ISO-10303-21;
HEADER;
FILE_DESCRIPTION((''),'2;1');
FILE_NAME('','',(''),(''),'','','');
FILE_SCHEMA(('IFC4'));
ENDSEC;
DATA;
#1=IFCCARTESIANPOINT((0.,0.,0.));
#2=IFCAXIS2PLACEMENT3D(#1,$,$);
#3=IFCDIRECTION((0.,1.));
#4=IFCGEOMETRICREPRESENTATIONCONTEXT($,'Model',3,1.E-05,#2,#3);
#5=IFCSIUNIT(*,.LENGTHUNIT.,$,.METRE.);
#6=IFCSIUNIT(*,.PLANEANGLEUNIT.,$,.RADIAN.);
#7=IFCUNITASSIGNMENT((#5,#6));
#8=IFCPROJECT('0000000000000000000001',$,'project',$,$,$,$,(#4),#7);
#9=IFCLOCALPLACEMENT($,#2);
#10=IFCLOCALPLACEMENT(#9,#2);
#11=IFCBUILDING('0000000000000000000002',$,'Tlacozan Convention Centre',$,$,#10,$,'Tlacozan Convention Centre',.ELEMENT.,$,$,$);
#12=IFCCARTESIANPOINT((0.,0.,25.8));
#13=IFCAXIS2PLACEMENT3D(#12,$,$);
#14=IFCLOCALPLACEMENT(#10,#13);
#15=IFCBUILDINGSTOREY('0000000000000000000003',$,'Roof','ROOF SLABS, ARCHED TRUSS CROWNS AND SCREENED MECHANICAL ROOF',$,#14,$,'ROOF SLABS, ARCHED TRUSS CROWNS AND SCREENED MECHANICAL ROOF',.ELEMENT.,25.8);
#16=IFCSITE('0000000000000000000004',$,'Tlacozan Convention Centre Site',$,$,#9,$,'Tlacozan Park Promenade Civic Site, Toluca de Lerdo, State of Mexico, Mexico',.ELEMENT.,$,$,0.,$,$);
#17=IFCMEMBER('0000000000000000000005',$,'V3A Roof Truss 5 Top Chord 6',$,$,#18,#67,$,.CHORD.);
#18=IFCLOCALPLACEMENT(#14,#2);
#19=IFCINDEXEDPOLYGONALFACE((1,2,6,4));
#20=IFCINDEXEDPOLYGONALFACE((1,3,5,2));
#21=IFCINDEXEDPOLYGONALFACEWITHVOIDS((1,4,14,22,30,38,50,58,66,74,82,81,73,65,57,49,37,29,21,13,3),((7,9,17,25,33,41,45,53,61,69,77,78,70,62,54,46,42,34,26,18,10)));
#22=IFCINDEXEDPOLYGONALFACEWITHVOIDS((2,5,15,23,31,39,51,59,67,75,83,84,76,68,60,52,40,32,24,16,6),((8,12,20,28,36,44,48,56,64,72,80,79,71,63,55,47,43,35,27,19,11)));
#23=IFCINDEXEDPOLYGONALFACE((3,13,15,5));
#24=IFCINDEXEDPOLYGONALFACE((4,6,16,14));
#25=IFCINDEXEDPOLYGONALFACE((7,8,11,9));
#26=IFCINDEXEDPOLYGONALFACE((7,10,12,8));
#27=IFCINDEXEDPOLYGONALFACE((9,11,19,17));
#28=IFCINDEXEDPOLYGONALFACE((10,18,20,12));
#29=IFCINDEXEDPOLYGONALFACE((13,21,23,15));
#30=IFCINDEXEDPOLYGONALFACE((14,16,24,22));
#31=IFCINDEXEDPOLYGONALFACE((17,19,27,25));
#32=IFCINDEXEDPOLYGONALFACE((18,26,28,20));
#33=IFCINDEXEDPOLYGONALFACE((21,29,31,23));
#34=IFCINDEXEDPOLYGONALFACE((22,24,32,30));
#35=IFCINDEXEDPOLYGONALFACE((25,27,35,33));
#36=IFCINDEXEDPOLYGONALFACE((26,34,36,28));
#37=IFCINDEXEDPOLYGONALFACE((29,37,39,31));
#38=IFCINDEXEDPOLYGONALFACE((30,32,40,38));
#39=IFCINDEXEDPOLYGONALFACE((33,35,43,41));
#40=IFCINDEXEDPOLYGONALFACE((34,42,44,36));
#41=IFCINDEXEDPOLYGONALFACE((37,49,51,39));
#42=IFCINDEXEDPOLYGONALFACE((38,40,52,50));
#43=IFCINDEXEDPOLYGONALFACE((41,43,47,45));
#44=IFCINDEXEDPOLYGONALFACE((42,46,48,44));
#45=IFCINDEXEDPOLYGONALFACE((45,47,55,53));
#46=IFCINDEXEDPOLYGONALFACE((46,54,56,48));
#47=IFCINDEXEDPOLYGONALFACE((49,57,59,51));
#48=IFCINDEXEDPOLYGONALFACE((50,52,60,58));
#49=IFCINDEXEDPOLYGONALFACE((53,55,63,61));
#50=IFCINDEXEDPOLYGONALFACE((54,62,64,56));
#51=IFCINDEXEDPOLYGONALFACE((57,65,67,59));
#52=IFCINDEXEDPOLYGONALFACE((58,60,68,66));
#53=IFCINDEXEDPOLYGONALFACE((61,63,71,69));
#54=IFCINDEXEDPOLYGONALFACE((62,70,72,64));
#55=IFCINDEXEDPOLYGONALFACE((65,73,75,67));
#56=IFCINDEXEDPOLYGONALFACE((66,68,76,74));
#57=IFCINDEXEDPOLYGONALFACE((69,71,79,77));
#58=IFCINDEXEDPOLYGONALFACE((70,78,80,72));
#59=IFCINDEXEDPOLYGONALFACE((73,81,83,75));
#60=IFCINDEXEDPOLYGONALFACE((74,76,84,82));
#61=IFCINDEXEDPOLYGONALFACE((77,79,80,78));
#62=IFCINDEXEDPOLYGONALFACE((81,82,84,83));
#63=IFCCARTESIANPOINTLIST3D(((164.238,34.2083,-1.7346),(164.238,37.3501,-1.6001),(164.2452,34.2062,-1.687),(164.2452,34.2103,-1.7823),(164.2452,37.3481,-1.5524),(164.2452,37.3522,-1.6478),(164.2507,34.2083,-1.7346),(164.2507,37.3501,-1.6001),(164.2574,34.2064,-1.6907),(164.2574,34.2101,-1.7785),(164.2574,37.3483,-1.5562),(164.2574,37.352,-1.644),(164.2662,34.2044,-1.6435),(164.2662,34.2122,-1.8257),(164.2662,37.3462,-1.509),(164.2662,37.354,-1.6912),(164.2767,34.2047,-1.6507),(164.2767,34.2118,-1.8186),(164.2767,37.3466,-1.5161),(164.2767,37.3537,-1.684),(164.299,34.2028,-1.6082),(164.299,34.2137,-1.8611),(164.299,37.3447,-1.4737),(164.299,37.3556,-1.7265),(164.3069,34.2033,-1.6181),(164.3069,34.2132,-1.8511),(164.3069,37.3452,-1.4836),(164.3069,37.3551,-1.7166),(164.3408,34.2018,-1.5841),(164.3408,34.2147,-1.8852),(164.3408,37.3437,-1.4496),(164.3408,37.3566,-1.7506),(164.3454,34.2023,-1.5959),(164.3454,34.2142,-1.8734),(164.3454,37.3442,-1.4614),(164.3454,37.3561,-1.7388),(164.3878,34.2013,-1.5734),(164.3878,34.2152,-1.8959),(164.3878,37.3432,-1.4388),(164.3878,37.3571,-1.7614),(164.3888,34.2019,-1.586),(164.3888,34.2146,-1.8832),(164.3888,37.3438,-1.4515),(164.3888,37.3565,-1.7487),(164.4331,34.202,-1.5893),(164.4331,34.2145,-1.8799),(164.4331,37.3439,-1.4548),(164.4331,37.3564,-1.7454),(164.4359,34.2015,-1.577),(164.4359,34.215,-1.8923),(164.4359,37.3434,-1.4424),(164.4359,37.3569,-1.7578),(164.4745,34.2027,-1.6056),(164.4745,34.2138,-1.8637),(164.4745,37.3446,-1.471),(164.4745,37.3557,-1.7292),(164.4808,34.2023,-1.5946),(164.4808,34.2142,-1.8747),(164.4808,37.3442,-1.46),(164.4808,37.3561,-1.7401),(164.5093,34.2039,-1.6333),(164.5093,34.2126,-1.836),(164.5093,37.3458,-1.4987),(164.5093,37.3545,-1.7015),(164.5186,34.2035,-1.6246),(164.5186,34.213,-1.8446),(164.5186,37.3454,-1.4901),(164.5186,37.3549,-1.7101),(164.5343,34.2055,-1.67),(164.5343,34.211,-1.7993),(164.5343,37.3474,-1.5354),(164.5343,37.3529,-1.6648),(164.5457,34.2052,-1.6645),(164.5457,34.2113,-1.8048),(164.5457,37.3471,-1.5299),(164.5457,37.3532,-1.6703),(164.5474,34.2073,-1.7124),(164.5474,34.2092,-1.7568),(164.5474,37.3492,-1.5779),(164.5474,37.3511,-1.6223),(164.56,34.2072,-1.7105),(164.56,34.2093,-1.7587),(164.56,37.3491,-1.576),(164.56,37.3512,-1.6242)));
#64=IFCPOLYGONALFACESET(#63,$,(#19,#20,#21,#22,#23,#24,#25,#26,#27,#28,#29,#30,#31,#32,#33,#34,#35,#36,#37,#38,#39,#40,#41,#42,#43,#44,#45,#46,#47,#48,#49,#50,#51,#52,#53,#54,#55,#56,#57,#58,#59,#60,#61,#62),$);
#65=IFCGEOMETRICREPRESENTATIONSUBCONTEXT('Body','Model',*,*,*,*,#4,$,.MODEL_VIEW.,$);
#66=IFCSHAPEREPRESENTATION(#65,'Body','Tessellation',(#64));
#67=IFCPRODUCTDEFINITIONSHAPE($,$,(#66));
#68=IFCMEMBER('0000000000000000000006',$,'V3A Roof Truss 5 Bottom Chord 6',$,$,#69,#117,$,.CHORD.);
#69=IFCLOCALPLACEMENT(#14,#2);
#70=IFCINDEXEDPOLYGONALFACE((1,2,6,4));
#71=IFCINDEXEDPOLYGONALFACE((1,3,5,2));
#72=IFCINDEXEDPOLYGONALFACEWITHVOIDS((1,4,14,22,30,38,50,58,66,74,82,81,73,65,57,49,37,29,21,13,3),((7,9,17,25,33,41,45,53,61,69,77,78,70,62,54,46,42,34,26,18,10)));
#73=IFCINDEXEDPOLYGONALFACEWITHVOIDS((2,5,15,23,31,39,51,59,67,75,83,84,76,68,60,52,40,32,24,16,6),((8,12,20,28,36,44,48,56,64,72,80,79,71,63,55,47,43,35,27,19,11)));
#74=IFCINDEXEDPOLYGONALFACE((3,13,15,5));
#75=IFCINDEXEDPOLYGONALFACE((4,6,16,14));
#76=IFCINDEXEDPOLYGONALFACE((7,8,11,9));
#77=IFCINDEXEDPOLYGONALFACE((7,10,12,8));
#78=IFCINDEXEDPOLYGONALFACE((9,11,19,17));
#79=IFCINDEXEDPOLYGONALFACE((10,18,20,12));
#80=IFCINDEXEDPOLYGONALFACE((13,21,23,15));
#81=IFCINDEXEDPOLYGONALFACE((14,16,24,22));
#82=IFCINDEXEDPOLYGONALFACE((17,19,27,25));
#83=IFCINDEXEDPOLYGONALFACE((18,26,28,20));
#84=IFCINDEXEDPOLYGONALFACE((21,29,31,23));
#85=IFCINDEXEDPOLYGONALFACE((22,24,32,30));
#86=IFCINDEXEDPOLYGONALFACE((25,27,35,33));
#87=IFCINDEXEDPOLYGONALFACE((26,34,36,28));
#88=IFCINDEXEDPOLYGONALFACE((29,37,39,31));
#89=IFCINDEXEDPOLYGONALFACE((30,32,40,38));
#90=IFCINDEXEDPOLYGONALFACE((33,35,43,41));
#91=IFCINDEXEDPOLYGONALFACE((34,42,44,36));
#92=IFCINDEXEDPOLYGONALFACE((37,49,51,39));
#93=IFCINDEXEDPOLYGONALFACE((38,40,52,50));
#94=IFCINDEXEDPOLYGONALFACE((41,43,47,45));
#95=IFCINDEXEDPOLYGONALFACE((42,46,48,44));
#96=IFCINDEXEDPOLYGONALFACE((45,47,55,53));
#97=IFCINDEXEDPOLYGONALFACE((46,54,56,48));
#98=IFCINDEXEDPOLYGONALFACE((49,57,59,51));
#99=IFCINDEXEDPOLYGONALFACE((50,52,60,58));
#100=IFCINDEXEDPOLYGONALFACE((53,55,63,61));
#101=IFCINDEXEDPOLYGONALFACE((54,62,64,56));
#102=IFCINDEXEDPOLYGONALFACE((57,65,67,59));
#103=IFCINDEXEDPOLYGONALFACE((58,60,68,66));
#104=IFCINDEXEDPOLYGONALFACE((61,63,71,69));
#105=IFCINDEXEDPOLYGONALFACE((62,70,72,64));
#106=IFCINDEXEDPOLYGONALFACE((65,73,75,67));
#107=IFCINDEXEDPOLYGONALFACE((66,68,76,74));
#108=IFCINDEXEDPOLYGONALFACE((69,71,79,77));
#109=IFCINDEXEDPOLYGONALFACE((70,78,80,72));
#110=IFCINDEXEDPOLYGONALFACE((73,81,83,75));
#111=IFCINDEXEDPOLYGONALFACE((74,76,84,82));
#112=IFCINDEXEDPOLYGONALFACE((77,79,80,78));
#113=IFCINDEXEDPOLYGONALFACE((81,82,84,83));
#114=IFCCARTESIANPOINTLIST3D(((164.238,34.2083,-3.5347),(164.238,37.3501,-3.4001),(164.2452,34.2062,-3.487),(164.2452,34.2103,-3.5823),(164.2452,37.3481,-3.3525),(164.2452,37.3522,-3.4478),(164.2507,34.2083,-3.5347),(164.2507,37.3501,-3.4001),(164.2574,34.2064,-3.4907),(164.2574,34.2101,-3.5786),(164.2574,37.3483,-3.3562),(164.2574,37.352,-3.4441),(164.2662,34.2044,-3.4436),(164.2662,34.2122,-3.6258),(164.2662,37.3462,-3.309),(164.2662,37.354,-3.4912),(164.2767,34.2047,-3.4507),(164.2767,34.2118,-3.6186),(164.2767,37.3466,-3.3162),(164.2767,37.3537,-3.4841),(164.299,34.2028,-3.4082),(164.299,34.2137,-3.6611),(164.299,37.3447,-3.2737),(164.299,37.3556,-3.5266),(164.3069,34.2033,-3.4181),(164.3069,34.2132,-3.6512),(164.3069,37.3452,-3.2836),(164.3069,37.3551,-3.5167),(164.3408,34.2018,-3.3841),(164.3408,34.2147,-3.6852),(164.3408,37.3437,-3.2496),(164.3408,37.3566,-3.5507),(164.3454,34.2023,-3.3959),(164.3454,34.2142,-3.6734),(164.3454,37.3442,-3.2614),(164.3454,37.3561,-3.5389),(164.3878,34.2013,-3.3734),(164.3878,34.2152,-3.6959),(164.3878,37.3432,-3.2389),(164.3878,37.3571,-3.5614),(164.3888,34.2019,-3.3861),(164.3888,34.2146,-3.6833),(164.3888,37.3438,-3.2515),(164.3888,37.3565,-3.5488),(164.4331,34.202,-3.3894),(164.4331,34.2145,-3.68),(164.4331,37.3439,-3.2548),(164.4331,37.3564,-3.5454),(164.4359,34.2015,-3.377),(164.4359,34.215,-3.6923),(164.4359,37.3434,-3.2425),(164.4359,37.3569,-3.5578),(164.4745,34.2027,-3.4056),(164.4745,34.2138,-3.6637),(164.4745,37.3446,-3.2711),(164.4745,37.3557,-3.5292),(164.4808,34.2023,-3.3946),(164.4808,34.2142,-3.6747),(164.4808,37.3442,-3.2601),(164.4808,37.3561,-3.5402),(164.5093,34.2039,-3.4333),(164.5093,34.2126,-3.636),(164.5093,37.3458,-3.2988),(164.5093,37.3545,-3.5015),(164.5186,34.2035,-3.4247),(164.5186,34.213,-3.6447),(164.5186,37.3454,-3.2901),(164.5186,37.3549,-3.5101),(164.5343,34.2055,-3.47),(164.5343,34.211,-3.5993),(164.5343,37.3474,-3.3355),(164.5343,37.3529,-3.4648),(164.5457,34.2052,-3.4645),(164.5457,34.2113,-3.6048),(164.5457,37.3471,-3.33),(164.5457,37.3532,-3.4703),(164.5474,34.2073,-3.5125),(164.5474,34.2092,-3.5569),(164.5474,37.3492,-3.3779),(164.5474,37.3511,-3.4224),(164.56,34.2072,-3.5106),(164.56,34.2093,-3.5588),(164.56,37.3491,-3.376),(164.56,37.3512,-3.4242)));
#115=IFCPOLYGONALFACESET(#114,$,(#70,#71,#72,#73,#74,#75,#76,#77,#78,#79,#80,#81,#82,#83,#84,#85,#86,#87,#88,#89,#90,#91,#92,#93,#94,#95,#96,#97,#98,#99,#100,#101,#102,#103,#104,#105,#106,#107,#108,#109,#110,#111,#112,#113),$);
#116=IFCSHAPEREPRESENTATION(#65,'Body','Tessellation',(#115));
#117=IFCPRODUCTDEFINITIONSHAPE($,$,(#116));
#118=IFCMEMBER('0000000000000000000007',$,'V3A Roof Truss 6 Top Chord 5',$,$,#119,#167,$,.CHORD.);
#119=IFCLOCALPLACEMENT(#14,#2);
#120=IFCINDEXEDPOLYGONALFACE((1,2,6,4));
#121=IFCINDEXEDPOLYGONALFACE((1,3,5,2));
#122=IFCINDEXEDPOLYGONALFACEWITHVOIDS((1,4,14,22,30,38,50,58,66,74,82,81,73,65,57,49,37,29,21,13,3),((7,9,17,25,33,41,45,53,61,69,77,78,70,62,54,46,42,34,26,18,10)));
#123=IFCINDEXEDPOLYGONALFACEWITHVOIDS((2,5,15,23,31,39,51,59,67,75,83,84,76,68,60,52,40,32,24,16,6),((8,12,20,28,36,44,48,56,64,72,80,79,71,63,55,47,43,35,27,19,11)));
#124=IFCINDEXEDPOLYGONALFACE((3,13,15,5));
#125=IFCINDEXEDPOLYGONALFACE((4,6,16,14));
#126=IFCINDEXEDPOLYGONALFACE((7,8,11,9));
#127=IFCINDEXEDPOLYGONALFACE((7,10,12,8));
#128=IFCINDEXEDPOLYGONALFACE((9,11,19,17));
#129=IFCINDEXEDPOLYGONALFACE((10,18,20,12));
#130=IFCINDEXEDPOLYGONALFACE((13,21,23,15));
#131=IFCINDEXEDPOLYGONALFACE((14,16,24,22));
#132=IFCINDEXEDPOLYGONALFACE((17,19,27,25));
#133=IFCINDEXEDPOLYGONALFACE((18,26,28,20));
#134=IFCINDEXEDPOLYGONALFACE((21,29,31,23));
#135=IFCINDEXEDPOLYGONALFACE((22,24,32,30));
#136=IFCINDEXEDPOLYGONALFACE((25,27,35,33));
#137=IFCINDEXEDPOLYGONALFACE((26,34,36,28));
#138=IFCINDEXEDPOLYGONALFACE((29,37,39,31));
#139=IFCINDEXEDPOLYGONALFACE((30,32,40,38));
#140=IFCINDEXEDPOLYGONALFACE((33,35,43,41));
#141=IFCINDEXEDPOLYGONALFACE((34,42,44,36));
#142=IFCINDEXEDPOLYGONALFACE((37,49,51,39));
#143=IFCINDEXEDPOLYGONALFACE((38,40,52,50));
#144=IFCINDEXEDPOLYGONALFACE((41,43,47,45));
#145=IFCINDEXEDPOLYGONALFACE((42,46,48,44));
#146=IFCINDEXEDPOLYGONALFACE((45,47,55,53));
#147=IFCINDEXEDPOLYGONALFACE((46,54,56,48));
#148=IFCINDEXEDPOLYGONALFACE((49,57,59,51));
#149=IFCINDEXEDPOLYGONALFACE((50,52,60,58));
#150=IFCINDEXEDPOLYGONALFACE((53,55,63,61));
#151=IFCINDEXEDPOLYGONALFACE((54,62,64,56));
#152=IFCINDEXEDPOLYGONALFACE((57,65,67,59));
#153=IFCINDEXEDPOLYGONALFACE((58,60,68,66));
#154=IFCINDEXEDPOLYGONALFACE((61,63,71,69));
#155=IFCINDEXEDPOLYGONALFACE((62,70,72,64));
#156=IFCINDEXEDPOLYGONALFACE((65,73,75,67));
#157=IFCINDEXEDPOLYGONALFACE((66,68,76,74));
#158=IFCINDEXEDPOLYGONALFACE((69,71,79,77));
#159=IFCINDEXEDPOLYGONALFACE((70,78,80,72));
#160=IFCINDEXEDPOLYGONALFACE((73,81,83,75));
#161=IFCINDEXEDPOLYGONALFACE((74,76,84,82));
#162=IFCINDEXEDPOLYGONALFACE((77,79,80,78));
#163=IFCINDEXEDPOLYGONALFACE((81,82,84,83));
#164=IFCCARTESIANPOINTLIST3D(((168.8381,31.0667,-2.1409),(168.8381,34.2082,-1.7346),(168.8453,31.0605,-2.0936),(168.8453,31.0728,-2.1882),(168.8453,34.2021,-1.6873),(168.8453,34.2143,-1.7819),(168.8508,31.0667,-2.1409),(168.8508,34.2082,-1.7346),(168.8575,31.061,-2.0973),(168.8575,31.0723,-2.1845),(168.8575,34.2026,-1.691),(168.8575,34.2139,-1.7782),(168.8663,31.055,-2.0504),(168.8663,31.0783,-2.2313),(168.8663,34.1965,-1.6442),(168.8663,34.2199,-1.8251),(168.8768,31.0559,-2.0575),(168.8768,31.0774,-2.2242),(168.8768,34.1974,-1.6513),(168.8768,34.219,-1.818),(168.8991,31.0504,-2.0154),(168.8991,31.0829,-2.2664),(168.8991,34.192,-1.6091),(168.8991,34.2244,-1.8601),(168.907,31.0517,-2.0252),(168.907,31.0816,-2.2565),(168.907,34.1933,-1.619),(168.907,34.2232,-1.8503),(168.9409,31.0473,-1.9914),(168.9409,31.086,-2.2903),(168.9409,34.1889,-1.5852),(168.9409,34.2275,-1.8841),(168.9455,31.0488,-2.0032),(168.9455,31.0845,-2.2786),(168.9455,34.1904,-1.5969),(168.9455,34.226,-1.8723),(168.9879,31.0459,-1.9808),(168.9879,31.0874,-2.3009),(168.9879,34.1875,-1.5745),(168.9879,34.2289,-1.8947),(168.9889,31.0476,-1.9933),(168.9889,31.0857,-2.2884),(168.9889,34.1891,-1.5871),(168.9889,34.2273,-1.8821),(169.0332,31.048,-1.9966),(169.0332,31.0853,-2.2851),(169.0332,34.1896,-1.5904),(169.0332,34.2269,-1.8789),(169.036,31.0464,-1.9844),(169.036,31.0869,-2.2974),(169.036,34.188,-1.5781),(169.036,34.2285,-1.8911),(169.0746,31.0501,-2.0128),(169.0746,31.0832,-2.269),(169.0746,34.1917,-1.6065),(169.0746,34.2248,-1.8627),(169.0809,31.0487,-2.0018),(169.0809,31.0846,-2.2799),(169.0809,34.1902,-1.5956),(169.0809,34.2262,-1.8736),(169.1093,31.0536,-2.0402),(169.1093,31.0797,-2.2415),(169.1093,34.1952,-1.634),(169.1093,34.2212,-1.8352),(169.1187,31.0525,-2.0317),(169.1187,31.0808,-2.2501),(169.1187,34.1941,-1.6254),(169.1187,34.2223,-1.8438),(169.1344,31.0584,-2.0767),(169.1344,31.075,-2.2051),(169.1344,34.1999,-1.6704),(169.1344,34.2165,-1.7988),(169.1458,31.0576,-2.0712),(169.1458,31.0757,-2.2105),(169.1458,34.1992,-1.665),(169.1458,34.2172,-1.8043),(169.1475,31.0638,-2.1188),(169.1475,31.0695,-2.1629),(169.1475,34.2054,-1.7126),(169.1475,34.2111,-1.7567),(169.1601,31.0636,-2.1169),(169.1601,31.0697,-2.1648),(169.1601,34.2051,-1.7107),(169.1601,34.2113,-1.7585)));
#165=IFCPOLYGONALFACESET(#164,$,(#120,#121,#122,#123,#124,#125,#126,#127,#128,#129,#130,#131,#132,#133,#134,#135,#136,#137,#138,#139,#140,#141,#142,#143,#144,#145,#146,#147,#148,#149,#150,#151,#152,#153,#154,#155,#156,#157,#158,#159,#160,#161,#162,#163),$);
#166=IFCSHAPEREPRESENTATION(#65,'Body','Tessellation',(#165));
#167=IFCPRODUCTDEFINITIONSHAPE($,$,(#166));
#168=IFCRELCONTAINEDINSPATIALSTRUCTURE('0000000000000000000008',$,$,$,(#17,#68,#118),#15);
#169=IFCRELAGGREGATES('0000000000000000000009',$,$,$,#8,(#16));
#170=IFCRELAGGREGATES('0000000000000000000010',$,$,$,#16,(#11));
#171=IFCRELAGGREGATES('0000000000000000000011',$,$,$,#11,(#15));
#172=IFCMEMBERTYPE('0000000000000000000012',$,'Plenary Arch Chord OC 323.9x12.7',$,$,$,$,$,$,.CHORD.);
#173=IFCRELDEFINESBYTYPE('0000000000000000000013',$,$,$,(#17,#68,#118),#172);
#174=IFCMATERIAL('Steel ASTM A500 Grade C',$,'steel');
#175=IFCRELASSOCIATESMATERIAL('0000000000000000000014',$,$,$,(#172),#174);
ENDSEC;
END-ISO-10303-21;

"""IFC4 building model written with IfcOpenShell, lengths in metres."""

from ifc_helpers import new_model, si_unit, direction, frame, origin, origin_2d, place, context, subcontext, project, spatial, hollow_circle, extrude, material, material_profile, profile_set, type_object, element, save


model = new_model("IFC4")

# Units and contexts
model_context = context("Model", 3, precision=1e-05, world=origin(), true_north=direction((0.0, 1.0)))
body_context = subcontext(model_context, "Body", "Model", "MODEL_VIEW")
ifc_project = project(units=[si_unit("LENGTHUNIT", "METRE"), si_unit("PLANEANGLEUNIT", "RADIAN")], contexts=[model_context])

# Site, building, storey
site_placement = place(None, origin())
site = spatial("IfcSite", under=ifc_project, at=site_placement, Name="Tlacozan Convention Centre Site", LongName="Tlacozan Park Promenade Civic Site, Toluca de Lerdo, State of Mexico, Mexico", CompositionType="ELEMENT", RefElevation=0.0)
building_placement = place(site_placement, origin())
building = spatial("IfcBuilding", under=site, at=building_placement, Name="Tlacozan Convention Centre", LongName="Tlacozan Convention Centre", CompositionType="ELEMENT")
storey_placement = place(building_placement, frame((0.0, 0.0, 25.8)))
storey = spatial("IfcBuildingStorey", under=building, at=storey_placement, Name="Roof", Description="ROOF SLABS, ARCHED TRUSS CROWNS AND SCREENED MECHANICAL ROOF", LongName="ROOF SLABS, ARCHED TRUSS CROWNS AND SCREENED MECHANICAL ROOF", CompositionType="ELEMENT", Elevation=25.8)

# Members
ifc_material_1 = material(Name="Steel ASTM A500 Grade C", Category="steel")
ifc_material_profile_1 = material_profile(ifc_material_1, hollow_circle(Radius=0.1619, WallThickness=0.0127, at=origin_2d()), Name="OC 323.9x12.7")
ifc_profile_set_1 = profile_set([ifc_material_profile_1], Name="Steel ASTM A500 Grade C")
member_type_1 = type_object("IfcMemberType", Name="Plenary Arch Chord OC 323.9x12.7", PredefinedType="CHORD", material=ifc_profile_set_1)
for number, where, z_axis, x_axis, name in (
    (1, (164.3999, 34.2083, -1.7346), (0.0, 0.999085, 0.042777), (-1.0, 0.0, 0.0), "V3A Roof Truss 5 Top Chord 6"),
    (2, (164.3999, 34.2083, -3.5347), (0.0, 0.999085, 0.042777), (-1.0, 0.0, 0.0), "V3A Roof Truss 5 Bottom Chord 6"),
):
    element("IfcMember", number, at=place(storey_placement, frame(where, z_axis=z_axis, x_axis=x_axis)), inside=storey, type_object=member_type_1, Name=name, PredefinedType="CHORD", context=body_context, shape_type="SweptSolid", body=[
        extrude(hollow_circle(Radius=0.1619, WallThickness=0.0127, at=origin_2d()), origin(), (0.0, 0.0, 1.0), 3.1448),
    ])
for number, where, z_axis, x_axis, name in (
    (3, (169.0, 31.0667, -2.1409), (0.0, 0.991742, 0.128245), (-1.0, 0.0, 0.0), "V3A Roof Truss 6 Top Chord 5"),
):
    element("IfcMember", number, at=place(storey_placement, frame(where, z_axis=z_axis, x_axis=x_axis)), inside=storey, type_object=member_type_1, Name=name, PredefinedType="CHORD", context=body_context, shape_type="SweptSolid", body=[
        extrude(hollow_circle(Radius=0.1619, WallThickness=0.0127, at=origin_2d()), origin(), (0.0, 0.0, 1.0), 3.1677),
    ])

save(model, "model.ifc")
